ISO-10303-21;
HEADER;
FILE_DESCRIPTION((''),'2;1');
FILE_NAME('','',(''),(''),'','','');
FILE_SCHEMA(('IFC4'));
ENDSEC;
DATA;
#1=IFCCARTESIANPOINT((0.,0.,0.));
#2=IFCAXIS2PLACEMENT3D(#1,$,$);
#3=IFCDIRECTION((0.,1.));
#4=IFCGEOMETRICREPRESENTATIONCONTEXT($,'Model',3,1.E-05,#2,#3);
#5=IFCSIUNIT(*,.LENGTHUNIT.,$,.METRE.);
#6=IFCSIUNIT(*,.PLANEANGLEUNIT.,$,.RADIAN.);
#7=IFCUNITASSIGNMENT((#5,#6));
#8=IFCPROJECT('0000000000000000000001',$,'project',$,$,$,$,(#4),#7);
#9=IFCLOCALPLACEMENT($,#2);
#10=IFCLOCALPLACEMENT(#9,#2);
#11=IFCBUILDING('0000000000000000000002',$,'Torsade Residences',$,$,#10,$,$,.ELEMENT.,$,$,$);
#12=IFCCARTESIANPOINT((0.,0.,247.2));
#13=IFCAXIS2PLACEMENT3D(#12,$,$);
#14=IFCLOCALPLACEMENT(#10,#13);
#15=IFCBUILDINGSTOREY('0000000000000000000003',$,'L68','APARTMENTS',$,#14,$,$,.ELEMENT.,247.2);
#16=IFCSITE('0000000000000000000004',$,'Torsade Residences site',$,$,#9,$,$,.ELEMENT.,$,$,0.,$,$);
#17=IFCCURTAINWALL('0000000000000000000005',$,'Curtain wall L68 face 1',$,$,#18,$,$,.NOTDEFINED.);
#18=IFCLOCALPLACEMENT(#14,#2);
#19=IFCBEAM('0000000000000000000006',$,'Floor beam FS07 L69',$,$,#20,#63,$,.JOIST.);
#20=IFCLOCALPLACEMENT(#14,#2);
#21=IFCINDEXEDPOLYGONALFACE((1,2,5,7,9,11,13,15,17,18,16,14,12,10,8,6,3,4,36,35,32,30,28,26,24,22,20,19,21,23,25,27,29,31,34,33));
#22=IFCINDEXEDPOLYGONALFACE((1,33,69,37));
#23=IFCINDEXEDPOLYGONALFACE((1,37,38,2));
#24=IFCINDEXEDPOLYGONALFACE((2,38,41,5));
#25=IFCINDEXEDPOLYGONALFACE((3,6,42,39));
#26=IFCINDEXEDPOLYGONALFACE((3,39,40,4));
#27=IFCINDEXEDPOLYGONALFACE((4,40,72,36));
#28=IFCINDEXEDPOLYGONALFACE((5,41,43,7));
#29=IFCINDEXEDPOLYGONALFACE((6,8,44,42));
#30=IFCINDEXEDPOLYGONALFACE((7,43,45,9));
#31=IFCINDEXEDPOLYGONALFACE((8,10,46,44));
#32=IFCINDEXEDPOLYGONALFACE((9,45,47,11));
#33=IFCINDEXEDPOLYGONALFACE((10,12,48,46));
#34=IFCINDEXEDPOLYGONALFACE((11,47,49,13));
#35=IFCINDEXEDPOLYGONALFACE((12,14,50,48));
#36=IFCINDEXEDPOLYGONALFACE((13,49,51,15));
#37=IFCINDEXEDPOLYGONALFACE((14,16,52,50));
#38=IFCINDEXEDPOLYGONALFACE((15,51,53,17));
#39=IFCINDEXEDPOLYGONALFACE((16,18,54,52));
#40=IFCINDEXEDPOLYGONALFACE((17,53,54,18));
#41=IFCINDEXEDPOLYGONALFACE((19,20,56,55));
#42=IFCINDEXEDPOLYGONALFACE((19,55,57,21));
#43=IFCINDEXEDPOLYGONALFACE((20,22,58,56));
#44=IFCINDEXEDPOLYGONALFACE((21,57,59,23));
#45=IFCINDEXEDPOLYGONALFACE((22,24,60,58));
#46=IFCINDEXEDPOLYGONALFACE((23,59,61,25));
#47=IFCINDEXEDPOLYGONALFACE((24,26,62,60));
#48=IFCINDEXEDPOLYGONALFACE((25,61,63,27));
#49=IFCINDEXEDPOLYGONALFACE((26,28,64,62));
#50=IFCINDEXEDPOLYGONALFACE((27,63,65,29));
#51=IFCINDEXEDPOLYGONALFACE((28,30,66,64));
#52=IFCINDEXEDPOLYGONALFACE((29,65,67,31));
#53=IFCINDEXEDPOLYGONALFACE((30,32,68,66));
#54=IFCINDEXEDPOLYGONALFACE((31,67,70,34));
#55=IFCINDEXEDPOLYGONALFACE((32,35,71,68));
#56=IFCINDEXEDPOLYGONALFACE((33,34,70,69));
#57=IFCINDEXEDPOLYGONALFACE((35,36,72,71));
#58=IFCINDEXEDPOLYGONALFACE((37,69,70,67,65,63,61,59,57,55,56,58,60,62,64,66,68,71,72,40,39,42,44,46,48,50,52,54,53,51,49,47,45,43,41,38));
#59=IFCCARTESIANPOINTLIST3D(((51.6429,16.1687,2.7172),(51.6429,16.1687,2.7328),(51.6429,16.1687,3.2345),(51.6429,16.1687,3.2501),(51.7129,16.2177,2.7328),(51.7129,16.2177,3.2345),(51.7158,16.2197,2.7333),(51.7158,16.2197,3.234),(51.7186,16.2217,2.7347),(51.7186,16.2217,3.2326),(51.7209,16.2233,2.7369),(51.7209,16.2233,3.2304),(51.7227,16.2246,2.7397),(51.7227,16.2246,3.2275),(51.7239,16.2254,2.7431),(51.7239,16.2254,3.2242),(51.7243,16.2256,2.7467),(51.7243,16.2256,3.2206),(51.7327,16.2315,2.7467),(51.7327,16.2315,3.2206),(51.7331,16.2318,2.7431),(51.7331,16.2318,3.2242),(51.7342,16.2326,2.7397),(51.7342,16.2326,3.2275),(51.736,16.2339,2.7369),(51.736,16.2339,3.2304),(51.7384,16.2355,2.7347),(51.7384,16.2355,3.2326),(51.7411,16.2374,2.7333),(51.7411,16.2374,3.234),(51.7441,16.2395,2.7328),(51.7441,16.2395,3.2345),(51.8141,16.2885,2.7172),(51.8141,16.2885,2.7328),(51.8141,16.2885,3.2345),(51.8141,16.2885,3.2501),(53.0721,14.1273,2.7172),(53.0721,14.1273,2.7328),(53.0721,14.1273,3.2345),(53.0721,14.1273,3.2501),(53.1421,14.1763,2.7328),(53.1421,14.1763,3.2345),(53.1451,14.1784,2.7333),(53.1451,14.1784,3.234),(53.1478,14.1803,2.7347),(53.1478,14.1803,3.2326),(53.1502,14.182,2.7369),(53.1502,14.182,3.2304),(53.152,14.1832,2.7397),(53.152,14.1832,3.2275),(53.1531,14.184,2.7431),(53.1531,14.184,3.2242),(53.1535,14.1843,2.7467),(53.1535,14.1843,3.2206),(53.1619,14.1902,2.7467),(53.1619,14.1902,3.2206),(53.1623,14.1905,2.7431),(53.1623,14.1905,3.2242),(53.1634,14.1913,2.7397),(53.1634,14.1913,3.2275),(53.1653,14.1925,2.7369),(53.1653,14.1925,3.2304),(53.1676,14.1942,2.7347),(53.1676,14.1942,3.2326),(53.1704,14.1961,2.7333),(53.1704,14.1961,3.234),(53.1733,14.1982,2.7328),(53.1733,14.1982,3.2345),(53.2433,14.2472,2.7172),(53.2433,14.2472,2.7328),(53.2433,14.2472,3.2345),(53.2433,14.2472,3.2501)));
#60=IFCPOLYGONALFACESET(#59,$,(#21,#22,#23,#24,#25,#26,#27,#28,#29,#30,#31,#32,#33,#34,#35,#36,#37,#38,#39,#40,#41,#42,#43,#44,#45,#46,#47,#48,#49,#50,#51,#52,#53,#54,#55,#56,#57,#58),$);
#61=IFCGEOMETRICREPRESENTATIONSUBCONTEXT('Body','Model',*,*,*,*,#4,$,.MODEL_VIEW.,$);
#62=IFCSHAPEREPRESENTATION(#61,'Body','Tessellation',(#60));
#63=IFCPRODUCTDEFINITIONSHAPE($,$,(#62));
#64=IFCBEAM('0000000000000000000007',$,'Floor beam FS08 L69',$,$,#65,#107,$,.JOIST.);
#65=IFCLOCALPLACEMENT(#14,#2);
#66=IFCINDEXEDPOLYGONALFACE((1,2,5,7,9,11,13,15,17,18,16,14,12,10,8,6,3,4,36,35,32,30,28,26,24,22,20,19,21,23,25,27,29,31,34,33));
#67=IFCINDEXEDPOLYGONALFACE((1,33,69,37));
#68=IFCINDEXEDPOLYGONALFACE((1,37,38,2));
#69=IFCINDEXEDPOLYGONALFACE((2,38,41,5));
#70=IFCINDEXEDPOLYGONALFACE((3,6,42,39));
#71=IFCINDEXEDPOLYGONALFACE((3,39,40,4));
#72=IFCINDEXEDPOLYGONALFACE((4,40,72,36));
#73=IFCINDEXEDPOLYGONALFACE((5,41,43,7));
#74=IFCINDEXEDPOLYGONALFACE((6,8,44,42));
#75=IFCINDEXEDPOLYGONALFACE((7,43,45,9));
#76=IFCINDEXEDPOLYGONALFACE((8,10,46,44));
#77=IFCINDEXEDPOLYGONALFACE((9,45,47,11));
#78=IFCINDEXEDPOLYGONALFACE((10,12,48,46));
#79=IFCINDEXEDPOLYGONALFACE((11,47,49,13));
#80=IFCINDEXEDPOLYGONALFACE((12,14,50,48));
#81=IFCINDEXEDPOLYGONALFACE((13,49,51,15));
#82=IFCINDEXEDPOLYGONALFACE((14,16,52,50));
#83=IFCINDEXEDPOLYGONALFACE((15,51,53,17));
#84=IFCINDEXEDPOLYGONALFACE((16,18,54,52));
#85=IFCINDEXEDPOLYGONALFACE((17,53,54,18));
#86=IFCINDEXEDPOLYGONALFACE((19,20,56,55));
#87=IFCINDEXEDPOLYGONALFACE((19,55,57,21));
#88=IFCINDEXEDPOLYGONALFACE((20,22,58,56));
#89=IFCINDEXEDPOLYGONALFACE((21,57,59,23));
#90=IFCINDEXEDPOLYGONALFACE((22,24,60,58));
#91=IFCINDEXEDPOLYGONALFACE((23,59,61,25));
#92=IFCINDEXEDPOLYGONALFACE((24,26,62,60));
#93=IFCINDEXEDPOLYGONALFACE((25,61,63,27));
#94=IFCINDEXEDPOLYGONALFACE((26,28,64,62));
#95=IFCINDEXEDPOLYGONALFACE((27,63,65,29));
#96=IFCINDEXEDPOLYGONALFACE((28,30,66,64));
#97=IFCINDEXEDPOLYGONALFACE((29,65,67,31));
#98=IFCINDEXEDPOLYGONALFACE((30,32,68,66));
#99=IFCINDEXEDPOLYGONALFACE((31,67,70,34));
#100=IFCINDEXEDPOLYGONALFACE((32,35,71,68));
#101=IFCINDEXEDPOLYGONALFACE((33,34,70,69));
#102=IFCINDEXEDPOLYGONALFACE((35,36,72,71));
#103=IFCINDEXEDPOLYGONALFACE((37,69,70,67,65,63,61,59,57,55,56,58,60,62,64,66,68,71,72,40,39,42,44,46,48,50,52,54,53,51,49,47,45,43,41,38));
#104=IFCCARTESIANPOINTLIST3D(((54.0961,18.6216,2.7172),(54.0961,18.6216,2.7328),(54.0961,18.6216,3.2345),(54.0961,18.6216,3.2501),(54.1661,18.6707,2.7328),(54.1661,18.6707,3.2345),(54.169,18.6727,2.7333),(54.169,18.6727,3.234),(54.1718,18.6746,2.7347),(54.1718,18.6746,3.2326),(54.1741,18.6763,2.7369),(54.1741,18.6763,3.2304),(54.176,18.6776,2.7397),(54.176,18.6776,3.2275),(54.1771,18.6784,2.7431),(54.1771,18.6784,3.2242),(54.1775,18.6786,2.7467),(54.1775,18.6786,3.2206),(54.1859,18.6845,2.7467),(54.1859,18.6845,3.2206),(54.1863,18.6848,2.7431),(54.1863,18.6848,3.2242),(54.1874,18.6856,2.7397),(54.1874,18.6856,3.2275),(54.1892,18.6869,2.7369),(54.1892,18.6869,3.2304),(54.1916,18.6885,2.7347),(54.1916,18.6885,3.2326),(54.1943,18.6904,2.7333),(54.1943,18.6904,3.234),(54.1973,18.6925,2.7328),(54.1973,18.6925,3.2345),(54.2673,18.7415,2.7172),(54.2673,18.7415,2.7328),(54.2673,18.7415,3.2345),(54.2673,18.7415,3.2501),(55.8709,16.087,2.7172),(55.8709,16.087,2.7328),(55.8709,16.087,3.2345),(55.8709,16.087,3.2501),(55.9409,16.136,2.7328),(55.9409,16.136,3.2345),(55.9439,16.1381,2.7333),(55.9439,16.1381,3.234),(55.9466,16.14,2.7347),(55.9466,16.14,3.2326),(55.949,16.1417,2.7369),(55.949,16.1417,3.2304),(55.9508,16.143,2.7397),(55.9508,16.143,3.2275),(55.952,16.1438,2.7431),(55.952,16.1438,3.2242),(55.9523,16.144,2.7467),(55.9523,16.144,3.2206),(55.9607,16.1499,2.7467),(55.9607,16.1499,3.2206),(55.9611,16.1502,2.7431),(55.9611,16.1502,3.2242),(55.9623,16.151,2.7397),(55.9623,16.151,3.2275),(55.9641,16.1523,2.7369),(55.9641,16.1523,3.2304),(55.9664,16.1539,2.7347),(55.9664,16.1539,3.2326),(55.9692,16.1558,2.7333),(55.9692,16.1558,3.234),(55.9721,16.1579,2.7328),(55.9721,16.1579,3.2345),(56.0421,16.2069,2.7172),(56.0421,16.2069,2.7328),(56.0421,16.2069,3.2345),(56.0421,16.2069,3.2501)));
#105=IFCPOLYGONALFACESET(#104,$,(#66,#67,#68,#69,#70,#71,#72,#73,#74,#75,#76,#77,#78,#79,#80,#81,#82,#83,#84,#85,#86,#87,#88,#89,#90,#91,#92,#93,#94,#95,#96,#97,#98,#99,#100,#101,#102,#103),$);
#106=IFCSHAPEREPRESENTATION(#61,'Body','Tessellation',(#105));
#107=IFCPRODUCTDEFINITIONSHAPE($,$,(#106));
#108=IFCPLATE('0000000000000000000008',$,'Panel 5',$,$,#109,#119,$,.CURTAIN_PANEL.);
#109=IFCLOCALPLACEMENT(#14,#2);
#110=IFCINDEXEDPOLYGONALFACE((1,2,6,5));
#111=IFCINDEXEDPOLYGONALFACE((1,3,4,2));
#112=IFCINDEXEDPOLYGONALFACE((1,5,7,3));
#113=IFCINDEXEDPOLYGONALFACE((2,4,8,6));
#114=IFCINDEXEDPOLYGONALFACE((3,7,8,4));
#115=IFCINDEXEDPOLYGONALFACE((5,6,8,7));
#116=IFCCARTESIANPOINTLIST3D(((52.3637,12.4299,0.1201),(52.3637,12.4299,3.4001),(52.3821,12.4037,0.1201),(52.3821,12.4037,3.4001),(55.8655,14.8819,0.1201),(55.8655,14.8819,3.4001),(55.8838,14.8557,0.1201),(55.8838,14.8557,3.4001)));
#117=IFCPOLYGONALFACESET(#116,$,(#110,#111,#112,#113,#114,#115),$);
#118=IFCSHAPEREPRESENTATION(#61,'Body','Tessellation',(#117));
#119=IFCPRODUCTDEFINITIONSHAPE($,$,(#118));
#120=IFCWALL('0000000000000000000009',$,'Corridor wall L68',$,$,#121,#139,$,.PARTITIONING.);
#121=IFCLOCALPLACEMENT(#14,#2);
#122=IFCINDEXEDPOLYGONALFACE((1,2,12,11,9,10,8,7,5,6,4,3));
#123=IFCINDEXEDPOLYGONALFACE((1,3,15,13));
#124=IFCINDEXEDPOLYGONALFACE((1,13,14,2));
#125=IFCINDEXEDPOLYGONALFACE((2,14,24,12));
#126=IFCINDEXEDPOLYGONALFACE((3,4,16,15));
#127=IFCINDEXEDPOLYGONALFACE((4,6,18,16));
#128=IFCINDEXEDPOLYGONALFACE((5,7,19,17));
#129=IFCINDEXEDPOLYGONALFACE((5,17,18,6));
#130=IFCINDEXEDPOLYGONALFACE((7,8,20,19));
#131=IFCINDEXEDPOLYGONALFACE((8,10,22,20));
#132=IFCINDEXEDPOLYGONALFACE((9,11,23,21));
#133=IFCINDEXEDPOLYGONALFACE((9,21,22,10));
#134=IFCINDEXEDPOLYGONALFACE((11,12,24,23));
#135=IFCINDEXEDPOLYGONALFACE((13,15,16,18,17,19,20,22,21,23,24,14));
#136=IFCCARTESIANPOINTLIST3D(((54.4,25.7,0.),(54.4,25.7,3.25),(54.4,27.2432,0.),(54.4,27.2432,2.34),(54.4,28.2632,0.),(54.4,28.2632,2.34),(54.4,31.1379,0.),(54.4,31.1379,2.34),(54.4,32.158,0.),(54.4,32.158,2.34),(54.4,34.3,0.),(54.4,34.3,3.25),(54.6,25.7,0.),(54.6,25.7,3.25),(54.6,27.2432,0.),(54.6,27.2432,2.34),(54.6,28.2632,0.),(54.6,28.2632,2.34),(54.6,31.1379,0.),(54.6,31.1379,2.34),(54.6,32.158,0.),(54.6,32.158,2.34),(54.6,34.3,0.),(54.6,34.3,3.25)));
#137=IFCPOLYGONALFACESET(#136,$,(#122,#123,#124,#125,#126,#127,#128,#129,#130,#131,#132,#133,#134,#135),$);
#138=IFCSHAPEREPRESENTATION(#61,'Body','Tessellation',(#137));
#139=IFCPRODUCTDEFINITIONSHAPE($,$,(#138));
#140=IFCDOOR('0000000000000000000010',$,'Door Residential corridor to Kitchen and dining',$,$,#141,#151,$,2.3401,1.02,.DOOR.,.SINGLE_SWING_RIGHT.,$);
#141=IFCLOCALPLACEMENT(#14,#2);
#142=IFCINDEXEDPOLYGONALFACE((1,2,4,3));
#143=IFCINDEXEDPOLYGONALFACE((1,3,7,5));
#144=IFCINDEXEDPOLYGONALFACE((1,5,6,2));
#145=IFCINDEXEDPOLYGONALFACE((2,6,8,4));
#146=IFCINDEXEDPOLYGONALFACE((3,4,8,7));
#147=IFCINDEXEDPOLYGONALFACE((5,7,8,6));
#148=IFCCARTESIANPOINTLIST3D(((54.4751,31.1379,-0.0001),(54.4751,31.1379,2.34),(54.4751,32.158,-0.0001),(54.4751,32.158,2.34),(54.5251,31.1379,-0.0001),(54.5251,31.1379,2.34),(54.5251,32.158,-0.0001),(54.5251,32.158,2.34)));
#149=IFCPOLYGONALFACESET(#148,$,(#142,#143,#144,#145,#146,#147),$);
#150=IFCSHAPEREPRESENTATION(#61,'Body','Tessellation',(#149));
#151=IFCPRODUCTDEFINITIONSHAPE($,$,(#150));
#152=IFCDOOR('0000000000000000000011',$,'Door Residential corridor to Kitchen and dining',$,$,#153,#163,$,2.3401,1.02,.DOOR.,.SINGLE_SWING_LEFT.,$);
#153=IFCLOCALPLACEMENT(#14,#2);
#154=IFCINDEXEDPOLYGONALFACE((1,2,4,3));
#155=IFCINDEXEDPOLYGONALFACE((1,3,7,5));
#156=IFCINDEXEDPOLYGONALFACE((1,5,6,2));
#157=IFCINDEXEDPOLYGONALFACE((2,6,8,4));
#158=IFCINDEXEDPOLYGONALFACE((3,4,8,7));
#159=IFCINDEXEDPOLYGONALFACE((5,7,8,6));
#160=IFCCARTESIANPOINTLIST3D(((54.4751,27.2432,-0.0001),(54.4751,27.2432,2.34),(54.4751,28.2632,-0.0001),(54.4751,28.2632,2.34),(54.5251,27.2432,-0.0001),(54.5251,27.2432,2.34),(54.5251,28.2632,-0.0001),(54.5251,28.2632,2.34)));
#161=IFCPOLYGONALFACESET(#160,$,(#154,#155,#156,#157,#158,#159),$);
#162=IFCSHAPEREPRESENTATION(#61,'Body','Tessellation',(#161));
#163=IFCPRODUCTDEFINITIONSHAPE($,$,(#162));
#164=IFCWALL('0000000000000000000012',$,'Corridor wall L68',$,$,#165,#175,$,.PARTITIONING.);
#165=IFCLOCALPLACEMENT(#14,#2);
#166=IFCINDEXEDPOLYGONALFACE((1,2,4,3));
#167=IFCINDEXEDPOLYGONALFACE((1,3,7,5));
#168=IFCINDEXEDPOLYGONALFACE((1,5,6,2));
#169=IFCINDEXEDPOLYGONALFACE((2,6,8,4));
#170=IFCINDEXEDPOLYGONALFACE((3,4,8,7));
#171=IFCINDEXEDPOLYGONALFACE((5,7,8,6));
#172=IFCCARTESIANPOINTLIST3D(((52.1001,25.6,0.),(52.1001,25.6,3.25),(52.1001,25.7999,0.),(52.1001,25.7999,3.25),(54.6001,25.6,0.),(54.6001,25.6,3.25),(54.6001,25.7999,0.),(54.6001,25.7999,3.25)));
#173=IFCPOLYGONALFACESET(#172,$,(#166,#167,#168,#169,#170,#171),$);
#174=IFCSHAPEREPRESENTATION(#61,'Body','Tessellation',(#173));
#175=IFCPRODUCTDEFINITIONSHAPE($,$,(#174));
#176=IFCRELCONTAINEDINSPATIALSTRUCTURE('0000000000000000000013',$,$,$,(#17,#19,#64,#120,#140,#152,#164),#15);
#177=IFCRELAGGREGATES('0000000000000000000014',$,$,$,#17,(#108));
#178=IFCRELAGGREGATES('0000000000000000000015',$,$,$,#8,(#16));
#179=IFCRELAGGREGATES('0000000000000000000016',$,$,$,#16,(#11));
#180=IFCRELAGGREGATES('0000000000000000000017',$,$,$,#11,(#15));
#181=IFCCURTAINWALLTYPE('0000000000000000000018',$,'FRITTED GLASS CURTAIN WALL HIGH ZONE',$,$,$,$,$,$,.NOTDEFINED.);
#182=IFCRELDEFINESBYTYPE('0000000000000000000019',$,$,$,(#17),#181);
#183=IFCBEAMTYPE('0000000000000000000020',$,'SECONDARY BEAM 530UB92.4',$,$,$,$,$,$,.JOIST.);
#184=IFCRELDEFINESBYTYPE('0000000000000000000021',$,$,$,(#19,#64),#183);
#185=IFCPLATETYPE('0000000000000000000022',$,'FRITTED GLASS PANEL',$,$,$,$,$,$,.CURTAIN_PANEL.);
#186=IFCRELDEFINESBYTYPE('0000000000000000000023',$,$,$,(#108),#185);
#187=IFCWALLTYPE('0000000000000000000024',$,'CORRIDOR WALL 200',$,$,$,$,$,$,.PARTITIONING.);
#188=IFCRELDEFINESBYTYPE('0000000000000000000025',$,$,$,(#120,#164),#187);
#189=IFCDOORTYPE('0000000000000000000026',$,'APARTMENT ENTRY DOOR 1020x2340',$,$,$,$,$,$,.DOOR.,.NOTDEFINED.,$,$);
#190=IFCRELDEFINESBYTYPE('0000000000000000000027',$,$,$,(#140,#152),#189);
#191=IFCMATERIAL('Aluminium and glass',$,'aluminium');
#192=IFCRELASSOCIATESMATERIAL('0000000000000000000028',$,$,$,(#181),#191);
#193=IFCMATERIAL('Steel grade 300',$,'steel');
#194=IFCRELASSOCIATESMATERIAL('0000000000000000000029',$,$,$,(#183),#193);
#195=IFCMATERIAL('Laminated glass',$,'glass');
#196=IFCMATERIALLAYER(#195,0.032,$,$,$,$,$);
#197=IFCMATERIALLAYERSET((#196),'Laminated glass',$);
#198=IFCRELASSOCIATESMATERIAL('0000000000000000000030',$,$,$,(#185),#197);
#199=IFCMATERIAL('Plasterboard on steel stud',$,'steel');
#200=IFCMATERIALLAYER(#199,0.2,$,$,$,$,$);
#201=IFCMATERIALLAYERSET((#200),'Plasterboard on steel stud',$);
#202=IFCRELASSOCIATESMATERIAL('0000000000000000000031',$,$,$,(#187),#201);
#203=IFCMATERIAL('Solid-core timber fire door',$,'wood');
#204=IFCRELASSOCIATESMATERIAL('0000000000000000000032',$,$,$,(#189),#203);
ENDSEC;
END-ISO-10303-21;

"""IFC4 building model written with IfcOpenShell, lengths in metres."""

from ifc_helpers import new_model, si_unit, direction, frame, frame_2d, origin, origin_2d, place, context, subcontext, project, spatial, rectangle, i_section, extrude, material, layer, layer_set, material_profile, profile_set, type_object, element, fill, aggregate, save


model = new_model("IFC4")

# Units and contexts
model_context = context("Model", 3, precision=1e-05, world=origin(), true_north=direction((0.0, 1.0)))
body_context = subcontext(model_context, "Body", "Model", "MODEL_VIEW")
ifc_project = project(units=[si_unit("LENGTHUNIT", "METRE"), si_unit("PLANEANGLEUNIT", "RADIAN")], contexts=[model_context])

# Site, building, storey
site_placement = place(None, origin())
site = spatial("IfcSite", under=ifc_project, at=site_placement, Name="Torsade Residences site", CompositionType="ELEMENT", RefElevation=0.0)
building_placement = place(site_placement, origin())
building = spatial("IfcBuilding", under=site, at=building_placement, Name="Torsade Residences", CompositionType="ELEMENT")
storey_placement = place(building_placement, frame((0.0, 0.0, 247.2)))
storey = spatial("IfcBuildingStorey", under=building, at=storey_placement, Name="L68", Description="APARTMENTS", CompositionType="ELEMENT", Elevation=247.2)

# Curtain wall
ifc_material_1 = material(Name="Aluminium and glass", Category="aluminium")
curtain_wall_type = type_object("IfcCurtainWallType", Name="FRITTED GLASS CURTAIN WALL HIGH ZONE", PredefinedType="NOTDEFINED", material=ifc_material_1)
curtain_wall_placement = place(storey_placement, origin())
curtain_wall = element("IfcCurtainWall", 1, at=curtain_wall_placement, inside=storey, type_object=curtain_wall_type, Name="Curtain wall L68 face 1", PredefinedType="NOTDEFINED")

# Beams
ifc_material_2 = material(Name="Steel grade 300", Category="steel")
ifc_material_profile_1 = material_profile(ifc_material_2, i_section(OverallWidth=0.209, OverallDepth=0.533, WebThickness=0.0103, FlangeThickness=0.0156, FilletRadius=0.0139, at=origin_2d()), Name="530UB92.4")
ifc_profile_set_1 = profile_set([ifc_material_profile_1], Name="Steel grade 300")
beam_type_1 = type_object("IfcBeamType", Name="SECONDARY BEAM 530UB92.4", PredefinedType="JOIST", material=ifc_profile_set_1)
beam_1_placement = place(storey_placement, frame((53.1577, 14.1873, 2.9836), z_axis=(-0.573548, 0.819172, 0.0), x_axis=(-0.819172, -0.573548, 0.0)))
element("IfcBeam", 2, at=beam_1_placement, inside=storey, type_object=beam_type_1, Name="Floor beam FS07 L69", PredefinedType="JOIST", context=body_context, shape_type="SweptSolid", body=[
    extrude(i_section(OverallWidth=0.209, OverallDepth=0.533, WebThickness=0.0103, FlangeThickness=0.0156, FilletRadius=0.0139, at=origin_2d()), origin(), (0.0, 0.0, 1.0), 2.4919),
])
beam_2_placement = place(storey_placement, frame((55.9565, 16.147, 2.9836), z_axis=(-0.5736, 0.819136, 0.0), x_axis=(-0.819136, -0.5736, 0.0)))
element("IfcBeam", 3, at=beam_2_placement, inside=storey, type_object=beam_type_1, Name="Floor beam FS08 L69", PredefinedType="JOIST", context=body_context, shape_type="SweptSolid", body=[
    extrude(i_section(OverallWidth=0.209, OverallDepth=0.533, WebThickness=0.0103, FlangeThickness=0.0156, FilletRadius=0.0139, at=origin_2d()), origin(), (0.0, 0.0, 1.0), 3.0942),
])

# Plate
ifc_material_3 = material(Name="Laminated glass", Category="glass")
ifc_layer_1 = layer(ifc_material_3, 0.032)
ifc_layer_set_1 = layer_set([ifc_layer_1], Name="Laminated glass")
plate_type = type_object("IfcPlateType", Name="FRITTED GLASS PANEL", PredefinedType="CURTAIN_PANEL", material=ifc_layer_set_1)
plate_placement = place(storey_placement, frame((54.1238, 13.6428, 0.1201), z_axis=(0.0, 0.0, 1.0), x_axis=(0.819152, 0.573576, 0.0)))
plate = element("IfcPlate", 4, at=plate_placement, type_object=plate_type, Name="Panel 5", PredefinedType="CURTAIN_PANEL", context=body_context, shape_type="SweptSolid", body=[
    extrude(rectangle(XDim=4.2749, YDim=0.032, at=origin_2d()), origin(), (0.0, 0.0, 1.0), 3.28),
])
aggregate(curtain_wall, [plate])

# Wall, openings, doors
ifc_material_4 = material(Name="Plasterboard on steel stud", Category="steel")
ifc_layer_2 = layer(ifc_material_4, 0.2)
ifc_layer_set_2 = layer_set([ifc_layer_2], Name="Plasterboard on steel stud")
wall_type_1 = type_object("IfcWallType", Name="CORRIDOR WALL 200", PredefinedType="PARTITIONING", material=ifc_layer_set_2)
wall_1_placement = place(storey_placement, frame((54.5, 25.7, 0.0), z_axis=(0.0, 0.0, 1.0), x_axis=(0.0, 1.0, 0.0)))
wall_1 = element("IfcWall", 5, at=wall_1_placement, inside=storey, type_object=wall_type_1, Name="Corridor wall L68", PredefinedType="PARTITIONING", context=body_context, shape_type="SweptSolid", body=[
    extrude(rectangle(XDim=8.6001, YDim=0.2, at=frame_2d((4.3, 0.0))), origin(), (0.0, 0.0, 1.0), 3.25),
])
opening_1_placement = place(wall_1_placement, frame((5.438, 0.0, 0.0)))
opening_1 = element("IfcOpeningElement", 6, at=opening_1_placement, cuts=wall_1, PredefinedType="OPENING", context=body_context, shape_type="SweptSolid", body=[
    extrude(rectangle(XDim=1.02, YDim=2.3401, at=frame_2d((0.51, 1.1699))), frame((0.0, 0.1099, 0.0), z_axis=(0.0, -1.0, 0.0), x_axis=(1.0, 0.0, 0.0)), (0.0, 0.0, 1.0), 0.22),
])
opening_2_placement = place(wall_1_placement, frame((1.5432, 0.0, 0.0)))
opening_2 = element("IfcOpeningElement", 7, at=opening_2_placement, cuts=wall_1, PredefinedType="OPENING", context=body_context, shape_type="SweptSolid", body=[
    extrude(rectangle(XDim=1.02, YDim=2.3401, at=frame_2d((0.51, 1.1699))), frame((0.0, 0.1099, 0.0), z_axis=(0.0, -1.0, 0.0), x_axis=(1.0, 0.0, 0.0)), (0.0, 0.0, 1.0), 0.22),
])
ifc_material_5 = material(Name="Solid-core timber fire door", Category="wood")
door_type_1 = type_object("IfcDoorType", Name="APARTMENT ENTRY DOOR 1020x2340", OperationType="NOTDEFINED", PredefinedType="DOOR", material=ifc_material_5)
door_1_placement = place(opening_1_placement, origin())
door_1 = element("IfcDoor", 8, at=door_1_placement, inside=storey, type_object=door_type_1, Name="Door Residential corridor to Kitchen and dining", OperationType="SINGLE_SWING_RIGHT", OverallHeight=2.3401, OverallWidth=1.02, PredefinedType="DOOR", context=body_context, shape_type="SweptSolid", body=[
    extrude(rectangle(XDim=1.02, YDim=2.3401, at=frame_2d((0.51, 1.1699))), frame((0.0, 0.0249, 0.0), z_axis=(0.0, -1.0, 0.0), x_axis=(1.0, 0.0, 0.0)), (0.0, 0.0, 1.0), 0.05),
])
fill(opening_1, door_1)
door_2_placement = place(opening_2_placement, origin())
door_2 = element("IfcDoor", 9, at=door_2_placement, inside=storey, type_object=door_type_1, Name="Door Residential corridor to Kitchen and dining", OperationType="SINGLE_SWING_LEFT", OverallHeight=2.3401, OverallWidth=1.02, PredefinedType="DOOR", context=body_context, shape_type="SweptSolid", body=[
    extrude(rectangle(XDim=1.02, YDim=2.3401, at=frame_2d((0.51, 1.1699))), frame((0.0, 0.0249, 0.0), z_axis=(0.0, -1.0, 0.0), x_axis=(1.0, 0.0, 0.0)), (0.0, 0.0, 1.0), 0.05),
])
fill(opening_2, door_2)

# Wall
wall_2_placement = place(storey_placement, frame((52.1001, 25.7, 0.0), z_axis=(0.0, 0.0, 1.0), x_axis=(1.0, 0.0, 0.0)))
element("IfcWall", 10, at=wall_2_placement, inside=storey, type_object=wall_type_1, Name="Corridor wall L68", PredefinedType="PARTITIONING", context=body_context, shape_type="SweptSolid", body=[
    extrude(rectangle(XDim=2.5, YDim=0.2, at=frame_2d((1.25, 0.0))), origin(), (0.0, 0.0, 1.0), 3.25),
])

save(model, "model.ifc")
